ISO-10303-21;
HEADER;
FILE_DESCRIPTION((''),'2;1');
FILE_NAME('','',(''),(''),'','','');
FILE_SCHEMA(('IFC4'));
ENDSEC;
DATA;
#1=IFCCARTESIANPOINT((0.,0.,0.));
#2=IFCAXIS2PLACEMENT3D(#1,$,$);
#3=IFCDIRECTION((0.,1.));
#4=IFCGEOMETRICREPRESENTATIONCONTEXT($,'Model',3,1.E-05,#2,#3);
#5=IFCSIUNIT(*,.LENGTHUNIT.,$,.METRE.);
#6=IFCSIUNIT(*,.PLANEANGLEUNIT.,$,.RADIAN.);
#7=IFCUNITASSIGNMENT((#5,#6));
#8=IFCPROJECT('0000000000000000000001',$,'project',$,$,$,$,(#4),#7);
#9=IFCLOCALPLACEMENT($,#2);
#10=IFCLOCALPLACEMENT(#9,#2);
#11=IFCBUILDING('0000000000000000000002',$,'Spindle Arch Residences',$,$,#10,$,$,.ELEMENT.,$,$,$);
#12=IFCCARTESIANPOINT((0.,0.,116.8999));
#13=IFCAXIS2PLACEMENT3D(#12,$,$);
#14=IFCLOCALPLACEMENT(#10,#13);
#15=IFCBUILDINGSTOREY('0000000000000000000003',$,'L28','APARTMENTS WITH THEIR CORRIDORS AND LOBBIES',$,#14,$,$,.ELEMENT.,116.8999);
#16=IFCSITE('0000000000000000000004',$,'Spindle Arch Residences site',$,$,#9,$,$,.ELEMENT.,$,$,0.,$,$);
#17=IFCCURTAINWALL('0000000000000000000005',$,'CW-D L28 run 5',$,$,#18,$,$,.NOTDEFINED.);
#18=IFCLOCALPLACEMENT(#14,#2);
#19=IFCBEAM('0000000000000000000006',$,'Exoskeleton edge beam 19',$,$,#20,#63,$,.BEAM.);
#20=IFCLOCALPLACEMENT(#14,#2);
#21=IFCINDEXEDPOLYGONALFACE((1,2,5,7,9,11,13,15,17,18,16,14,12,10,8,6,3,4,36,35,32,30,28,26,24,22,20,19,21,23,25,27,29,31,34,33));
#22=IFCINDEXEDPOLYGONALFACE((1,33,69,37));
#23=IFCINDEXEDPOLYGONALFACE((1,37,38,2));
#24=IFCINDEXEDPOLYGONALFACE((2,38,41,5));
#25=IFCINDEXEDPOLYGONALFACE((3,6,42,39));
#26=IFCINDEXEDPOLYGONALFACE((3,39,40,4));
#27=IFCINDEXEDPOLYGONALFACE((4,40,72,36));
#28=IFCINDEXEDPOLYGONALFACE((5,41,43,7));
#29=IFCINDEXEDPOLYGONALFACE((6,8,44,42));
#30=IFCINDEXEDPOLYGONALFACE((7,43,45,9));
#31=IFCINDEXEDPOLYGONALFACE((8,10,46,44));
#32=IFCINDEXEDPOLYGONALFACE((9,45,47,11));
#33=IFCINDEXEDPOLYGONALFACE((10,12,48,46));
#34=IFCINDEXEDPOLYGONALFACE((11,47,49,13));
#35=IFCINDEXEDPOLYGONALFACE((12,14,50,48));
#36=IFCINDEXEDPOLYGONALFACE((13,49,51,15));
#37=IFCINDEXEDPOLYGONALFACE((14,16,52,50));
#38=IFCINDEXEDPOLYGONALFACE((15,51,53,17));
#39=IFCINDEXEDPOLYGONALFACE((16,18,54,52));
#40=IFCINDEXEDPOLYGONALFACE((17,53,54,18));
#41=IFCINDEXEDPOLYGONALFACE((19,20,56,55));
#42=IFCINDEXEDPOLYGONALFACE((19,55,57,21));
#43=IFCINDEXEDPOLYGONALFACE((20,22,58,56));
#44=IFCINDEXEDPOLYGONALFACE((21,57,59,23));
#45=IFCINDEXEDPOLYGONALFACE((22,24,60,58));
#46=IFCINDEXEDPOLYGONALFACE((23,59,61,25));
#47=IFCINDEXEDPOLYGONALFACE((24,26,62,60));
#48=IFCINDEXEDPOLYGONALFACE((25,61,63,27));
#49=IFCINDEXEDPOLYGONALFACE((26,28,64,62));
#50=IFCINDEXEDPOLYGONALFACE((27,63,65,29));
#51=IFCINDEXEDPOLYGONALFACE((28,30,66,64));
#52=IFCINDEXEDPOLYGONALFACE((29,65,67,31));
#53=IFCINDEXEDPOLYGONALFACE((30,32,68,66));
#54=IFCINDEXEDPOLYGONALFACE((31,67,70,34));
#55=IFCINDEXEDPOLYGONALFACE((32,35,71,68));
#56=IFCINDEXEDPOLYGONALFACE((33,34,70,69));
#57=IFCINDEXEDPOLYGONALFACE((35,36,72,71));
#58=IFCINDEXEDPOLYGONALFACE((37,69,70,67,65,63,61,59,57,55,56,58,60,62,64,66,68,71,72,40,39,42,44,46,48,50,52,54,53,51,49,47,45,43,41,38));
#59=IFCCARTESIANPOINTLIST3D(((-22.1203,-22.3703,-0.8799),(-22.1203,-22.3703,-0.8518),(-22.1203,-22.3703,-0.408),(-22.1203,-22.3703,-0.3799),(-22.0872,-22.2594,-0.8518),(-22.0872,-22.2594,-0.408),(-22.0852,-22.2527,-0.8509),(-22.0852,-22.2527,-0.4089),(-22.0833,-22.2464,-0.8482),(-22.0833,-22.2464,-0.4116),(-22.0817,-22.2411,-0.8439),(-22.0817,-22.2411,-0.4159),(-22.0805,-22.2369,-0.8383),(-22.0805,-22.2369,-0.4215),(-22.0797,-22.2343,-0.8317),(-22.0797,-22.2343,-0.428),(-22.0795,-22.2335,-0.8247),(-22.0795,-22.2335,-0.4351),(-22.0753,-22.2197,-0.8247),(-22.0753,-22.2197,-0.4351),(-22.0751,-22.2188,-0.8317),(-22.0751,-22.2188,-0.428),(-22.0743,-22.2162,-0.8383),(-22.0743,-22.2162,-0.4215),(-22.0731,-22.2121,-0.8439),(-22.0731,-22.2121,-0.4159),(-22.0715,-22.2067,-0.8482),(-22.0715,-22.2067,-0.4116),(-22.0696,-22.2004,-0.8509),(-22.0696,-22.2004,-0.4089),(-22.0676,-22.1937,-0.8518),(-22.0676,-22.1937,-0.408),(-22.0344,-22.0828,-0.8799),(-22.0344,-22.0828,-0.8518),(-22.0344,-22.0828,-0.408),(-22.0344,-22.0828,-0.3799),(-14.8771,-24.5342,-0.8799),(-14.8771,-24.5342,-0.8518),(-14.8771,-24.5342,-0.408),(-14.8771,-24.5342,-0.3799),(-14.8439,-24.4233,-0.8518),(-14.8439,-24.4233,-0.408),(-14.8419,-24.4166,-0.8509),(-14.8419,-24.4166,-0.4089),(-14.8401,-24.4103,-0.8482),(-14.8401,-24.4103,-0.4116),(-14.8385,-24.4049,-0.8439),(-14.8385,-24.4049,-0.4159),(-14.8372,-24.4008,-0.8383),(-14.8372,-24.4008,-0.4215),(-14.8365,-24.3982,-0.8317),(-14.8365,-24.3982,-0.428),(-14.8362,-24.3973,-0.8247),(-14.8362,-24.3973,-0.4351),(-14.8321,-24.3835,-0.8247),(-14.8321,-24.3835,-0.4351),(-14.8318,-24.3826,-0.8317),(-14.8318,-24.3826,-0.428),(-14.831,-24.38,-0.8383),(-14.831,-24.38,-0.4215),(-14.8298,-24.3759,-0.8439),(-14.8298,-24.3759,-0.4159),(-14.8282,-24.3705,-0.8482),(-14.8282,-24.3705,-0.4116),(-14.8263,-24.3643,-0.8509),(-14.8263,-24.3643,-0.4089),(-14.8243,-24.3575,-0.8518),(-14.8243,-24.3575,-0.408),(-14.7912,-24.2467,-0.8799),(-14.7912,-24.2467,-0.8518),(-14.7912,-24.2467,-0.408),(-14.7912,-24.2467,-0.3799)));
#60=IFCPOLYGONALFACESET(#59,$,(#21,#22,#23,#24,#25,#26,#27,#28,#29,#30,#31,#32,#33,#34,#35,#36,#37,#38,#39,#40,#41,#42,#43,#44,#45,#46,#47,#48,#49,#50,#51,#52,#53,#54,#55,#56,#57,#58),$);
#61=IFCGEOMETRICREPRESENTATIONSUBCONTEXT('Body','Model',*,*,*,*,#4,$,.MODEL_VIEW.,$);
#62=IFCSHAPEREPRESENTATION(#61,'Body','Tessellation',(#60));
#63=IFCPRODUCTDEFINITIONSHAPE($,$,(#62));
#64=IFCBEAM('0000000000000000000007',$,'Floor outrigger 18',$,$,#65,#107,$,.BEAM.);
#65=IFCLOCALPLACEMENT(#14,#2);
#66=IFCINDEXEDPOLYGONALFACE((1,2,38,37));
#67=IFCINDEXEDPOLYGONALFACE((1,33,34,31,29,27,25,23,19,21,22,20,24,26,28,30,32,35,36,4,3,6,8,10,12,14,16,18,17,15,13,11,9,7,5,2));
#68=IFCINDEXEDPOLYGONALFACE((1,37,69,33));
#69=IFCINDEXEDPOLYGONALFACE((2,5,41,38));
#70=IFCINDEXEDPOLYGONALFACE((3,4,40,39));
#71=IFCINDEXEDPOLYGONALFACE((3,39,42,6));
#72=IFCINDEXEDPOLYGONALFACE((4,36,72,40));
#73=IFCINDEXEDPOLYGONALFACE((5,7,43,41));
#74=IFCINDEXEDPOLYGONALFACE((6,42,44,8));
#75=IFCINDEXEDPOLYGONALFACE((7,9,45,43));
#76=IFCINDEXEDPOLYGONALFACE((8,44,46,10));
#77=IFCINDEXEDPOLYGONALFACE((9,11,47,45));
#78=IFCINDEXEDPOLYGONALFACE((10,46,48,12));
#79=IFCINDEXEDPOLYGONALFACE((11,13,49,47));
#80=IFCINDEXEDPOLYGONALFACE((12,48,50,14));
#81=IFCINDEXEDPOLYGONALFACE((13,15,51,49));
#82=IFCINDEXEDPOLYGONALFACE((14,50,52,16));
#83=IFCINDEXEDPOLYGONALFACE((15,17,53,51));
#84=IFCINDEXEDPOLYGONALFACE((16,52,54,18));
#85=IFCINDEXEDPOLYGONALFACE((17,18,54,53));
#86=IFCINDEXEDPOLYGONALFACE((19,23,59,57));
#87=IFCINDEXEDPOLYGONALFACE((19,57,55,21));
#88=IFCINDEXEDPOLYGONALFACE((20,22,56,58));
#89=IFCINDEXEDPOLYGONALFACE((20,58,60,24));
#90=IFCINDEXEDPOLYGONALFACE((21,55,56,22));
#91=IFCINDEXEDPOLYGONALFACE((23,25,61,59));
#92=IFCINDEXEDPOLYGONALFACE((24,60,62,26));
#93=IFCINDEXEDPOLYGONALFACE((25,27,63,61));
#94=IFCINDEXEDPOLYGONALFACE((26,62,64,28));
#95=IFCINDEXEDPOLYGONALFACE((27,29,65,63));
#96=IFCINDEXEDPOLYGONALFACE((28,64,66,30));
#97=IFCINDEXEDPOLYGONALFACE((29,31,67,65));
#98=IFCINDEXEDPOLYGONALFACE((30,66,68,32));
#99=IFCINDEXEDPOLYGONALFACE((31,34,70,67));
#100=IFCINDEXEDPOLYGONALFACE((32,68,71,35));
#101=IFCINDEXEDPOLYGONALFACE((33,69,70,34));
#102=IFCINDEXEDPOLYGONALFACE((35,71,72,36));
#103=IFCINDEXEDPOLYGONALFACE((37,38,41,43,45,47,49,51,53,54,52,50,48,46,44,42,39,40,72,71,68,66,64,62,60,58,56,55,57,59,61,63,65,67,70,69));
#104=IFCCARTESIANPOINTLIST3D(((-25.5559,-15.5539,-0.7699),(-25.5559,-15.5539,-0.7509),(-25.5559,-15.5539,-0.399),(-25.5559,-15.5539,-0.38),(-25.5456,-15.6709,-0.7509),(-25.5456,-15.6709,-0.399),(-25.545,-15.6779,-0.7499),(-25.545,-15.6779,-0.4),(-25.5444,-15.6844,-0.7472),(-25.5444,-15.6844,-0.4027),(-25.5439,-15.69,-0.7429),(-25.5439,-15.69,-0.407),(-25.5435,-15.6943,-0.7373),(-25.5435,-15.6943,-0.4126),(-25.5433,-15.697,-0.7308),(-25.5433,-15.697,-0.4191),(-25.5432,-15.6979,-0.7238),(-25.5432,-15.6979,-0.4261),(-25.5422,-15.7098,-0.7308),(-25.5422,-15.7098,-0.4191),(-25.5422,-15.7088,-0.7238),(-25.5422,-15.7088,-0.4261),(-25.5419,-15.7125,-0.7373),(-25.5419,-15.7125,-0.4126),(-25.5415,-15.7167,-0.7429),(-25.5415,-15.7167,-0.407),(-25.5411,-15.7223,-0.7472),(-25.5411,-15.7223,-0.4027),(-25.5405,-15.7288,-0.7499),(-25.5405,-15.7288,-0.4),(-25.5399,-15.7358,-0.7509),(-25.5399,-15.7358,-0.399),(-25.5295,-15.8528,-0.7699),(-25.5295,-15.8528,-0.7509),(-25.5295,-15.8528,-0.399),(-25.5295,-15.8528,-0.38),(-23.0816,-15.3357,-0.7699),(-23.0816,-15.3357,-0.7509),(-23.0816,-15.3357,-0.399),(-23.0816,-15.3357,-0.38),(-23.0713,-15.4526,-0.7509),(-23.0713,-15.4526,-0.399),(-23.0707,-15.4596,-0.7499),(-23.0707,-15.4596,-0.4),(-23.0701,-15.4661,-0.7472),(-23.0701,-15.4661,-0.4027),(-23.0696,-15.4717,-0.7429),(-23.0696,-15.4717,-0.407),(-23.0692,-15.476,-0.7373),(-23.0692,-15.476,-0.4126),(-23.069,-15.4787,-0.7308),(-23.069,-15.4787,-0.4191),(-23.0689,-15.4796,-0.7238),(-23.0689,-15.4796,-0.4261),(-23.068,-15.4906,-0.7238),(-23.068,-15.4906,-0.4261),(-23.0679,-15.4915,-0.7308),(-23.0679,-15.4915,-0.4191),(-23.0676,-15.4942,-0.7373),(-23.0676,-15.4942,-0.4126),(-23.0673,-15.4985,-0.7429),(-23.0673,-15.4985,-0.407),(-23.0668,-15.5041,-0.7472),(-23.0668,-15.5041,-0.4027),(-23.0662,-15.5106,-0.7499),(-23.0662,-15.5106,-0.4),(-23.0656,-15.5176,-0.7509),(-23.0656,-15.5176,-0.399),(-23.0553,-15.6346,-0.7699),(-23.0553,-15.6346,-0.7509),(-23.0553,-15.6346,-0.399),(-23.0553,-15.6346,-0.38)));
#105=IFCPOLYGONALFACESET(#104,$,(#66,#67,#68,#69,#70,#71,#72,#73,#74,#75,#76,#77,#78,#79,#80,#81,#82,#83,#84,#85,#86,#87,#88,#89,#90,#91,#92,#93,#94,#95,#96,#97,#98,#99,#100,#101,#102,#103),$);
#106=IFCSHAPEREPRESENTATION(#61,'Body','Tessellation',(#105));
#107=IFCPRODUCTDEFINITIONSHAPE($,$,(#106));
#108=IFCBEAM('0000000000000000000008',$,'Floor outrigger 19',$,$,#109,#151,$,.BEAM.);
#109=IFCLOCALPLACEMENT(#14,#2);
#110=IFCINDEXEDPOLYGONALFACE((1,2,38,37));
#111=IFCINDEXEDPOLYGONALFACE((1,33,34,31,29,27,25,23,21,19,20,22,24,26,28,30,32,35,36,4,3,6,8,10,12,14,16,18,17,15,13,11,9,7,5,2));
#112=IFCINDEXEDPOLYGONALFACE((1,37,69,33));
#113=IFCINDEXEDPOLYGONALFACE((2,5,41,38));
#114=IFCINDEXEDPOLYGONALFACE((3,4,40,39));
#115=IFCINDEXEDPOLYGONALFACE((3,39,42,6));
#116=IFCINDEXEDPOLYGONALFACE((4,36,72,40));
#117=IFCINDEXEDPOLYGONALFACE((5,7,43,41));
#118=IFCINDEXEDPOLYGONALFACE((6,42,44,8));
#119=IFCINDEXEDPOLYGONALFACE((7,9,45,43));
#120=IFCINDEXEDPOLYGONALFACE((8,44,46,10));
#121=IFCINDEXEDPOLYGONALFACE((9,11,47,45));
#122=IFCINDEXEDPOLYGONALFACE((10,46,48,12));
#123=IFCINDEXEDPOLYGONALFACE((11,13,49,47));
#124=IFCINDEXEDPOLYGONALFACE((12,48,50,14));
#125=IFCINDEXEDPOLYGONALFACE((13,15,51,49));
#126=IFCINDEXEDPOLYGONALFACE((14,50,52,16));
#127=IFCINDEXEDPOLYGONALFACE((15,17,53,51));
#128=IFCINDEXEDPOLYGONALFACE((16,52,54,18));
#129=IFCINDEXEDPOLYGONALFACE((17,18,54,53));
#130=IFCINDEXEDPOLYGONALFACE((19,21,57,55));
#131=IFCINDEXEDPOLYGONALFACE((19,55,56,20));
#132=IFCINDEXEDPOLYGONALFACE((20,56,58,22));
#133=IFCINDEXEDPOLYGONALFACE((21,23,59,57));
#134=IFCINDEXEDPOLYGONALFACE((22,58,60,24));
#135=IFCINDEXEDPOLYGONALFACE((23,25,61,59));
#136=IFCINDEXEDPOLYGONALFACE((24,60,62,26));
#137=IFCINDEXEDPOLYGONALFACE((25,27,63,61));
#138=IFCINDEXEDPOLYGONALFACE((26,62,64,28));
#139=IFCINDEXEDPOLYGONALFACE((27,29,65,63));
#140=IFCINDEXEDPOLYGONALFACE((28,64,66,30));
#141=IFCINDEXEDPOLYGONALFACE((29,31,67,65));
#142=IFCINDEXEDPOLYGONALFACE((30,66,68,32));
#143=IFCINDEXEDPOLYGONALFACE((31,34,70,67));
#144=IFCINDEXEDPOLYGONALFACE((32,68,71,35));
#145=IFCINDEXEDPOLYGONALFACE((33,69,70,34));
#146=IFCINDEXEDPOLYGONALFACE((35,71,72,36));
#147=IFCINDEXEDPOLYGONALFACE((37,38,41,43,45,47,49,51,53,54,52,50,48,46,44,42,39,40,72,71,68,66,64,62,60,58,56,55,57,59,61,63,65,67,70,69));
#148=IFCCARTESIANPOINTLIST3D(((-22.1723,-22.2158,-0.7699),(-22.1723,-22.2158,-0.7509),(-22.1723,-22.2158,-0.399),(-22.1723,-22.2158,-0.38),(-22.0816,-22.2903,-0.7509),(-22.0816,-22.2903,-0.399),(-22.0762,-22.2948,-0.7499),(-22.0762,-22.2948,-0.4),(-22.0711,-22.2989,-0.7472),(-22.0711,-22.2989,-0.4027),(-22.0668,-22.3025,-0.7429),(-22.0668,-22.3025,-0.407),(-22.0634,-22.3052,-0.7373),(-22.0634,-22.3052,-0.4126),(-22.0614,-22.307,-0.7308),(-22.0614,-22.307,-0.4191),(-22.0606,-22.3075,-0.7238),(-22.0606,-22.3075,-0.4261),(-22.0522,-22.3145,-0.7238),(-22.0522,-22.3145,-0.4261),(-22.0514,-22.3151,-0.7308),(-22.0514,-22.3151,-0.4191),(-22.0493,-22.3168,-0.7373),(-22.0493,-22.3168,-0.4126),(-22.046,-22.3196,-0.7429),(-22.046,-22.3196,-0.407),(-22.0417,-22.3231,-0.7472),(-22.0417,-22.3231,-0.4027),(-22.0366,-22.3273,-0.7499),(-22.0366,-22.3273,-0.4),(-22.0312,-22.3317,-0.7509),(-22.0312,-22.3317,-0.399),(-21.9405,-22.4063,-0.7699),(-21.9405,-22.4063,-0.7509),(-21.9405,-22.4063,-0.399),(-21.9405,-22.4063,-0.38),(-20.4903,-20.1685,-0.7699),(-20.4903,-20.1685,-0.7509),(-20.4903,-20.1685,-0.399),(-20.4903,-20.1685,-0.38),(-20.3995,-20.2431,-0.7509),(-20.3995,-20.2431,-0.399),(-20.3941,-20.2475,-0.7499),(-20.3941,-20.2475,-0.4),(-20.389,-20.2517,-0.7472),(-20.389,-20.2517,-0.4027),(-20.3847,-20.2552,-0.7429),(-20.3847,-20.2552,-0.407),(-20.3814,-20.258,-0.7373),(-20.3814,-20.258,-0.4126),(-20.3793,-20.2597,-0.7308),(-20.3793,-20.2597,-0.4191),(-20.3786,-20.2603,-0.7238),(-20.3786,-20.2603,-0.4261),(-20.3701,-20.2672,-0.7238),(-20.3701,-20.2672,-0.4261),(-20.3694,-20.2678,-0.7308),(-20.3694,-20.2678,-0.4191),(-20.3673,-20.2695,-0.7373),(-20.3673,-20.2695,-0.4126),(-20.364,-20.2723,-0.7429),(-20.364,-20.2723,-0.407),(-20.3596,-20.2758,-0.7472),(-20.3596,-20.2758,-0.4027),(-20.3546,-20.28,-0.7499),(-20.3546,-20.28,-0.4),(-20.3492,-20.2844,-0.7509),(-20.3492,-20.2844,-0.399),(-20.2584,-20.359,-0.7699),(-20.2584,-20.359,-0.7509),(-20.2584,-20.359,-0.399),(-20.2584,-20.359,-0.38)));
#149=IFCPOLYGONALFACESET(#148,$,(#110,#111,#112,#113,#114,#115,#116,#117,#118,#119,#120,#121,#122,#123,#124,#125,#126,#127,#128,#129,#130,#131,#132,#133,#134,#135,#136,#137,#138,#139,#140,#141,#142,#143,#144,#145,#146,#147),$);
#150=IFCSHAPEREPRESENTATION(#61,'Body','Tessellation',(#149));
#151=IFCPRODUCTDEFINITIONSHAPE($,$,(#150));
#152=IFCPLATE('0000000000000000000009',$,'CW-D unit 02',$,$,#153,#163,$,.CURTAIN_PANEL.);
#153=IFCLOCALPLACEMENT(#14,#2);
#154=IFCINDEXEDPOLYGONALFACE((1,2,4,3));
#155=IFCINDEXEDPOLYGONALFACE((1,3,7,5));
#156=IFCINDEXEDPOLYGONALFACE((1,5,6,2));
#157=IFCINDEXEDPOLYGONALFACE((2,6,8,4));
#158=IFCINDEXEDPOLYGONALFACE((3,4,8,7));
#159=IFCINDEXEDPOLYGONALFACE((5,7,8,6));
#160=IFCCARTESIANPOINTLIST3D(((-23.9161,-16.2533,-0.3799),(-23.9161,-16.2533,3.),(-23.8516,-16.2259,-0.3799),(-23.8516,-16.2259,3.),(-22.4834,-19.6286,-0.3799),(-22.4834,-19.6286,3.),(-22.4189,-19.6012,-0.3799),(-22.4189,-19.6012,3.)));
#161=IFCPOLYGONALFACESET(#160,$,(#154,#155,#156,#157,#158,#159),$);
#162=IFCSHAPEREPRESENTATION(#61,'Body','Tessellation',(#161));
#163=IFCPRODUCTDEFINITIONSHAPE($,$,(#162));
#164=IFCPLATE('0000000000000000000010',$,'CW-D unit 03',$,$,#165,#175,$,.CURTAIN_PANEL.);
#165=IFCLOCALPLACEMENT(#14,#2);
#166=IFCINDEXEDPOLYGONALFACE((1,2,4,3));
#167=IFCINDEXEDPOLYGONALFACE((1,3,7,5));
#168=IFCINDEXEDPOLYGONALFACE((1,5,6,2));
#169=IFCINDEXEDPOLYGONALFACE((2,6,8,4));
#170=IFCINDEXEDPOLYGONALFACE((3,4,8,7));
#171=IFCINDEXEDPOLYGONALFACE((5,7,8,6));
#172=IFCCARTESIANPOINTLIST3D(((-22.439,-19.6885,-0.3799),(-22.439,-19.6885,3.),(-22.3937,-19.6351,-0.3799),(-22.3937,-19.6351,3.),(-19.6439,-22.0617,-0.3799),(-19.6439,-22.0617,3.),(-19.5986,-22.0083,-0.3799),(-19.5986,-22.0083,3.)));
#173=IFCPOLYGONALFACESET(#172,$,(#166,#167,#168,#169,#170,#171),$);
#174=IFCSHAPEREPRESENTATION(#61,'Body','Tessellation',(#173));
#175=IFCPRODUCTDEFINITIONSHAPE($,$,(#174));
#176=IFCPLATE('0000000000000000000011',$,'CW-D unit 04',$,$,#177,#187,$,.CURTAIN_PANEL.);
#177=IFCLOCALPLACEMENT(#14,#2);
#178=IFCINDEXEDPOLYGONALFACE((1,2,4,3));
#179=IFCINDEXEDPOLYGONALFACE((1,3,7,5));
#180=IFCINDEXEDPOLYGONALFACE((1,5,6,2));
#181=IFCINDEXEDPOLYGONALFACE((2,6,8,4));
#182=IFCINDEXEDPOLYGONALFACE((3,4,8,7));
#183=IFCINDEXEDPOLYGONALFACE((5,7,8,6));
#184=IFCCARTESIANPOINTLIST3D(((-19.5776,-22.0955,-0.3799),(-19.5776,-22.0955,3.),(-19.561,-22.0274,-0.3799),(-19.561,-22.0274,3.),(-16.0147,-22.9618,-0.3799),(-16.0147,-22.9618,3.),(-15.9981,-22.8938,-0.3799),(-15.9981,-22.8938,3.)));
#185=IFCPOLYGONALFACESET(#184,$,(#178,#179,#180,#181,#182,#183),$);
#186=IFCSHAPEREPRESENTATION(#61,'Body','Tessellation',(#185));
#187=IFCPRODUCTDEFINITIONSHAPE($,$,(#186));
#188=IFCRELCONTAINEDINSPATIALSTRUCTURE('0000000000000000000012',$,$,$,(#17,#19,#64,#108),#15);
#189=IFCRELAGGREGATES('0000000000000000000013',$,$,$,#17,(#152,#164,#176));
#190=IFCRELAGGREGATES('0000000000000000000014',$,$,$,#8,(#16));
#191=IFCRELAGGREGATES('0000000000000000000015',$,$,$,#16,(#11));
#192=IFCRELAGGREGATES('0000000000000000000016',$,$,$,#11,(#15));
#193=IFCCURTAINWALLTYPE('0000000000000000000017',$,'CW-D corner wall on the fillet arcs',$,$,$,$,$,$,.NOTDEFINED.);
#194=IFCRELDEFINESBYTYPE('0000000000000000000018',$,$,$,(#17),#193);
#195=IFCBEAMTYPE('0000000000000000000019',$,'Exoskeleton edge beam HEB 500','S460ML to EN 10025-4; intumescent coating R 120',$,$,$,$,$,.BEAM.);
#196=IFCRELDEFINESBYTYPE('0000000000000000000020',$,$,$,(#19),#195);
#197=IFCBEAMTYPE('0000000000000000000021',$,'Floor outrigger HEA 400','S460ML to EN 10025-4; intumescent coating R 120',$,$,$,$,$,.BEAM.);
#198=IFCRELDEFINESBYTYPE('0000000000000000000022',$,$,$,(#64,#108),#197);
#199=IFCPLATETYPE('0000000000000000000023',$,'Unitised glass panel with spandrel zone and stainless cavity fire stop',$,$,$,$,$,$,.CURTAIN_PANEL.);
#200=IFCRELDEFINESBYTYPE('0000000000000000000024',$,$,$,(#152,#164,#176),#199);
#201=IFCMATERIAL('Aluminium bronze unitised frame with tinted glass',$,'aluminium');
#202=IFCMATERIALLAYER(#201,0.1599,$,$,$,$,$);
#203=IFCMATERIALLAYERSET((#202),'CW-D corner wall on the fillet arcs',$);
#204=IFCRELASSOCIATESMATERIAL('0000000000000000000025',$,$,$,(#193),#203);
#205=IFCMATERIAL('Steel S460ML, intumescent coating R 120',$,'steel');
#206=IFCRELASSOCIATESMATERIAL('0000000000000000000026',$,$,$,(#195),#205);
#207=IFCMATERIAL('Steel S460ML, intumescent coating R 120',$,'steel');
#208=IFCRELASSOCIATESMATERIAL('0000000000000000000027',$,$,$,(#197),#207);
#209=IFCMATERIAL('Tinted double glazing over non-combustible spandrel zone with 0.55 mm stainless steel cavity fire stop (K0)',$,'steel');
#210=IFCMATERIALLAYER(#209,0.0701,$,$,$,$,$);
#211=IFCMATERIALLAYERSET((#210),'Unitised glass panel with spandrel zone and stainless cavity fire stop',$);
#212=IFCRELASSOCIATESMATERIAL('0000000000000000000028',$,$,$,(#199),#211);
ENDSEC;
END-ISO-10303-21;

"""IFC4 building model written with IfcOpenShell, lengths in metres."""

from ifc_helpers import new_model, si_unit, direction, frame, origin, origin_2d, place, context, subcontext, project, spatial, rectangle, i_section, extrude, material, layer, layer_set, material_profile, profile_set, type_object, element, aggregate, save


model = new_model("IFC4")

# Units and contexts
model_context = context("Model", 3, precision=1e-05, world=origin(), true_north=direction((0.0, 1.0)))
body_context = subcontext(model_context, "Body", "Model", "MODEL_VIEW")
ifc_project = project(units=[si_unit("LENGTHUNIT", "METRE"), si_unit("PLANEANGLEUNIT", "RADIAN")], contexts=[model_context])

# Site, building, storey
site_placement = place(None, origin())
site = spatial("IfcSite", under=ifc_project, at=site_placement, Name="Spindle Arch Residences site", CompositionType="ELEMENT", RefElevation=0.0)
building_placement = place(site_placement, origin())
building = spatial("IfcBuilding", under=site, at=building_placement, Name="Spindle Arch Residences", CompositionType="ELEMENT")
storey_placement = place(building_placement, frame((0.0, 0.0, 116.8999)))
storey = spatial("IfcBuildingStorey", under=building, at=storey_placement, Name="L28", Description="APARTMENTS WITH THEIR CORRIDORS AND LOBBIES", CompositionType="ELEMENT", Elevation=116.8999)

# Curtain wall
ifc_material_1 = material(Name="Aluminium bronze unitised frame with tinted glass", Category="aluminium")
ifc_layer_1 = layer(ifc_material_1, 0.1599)
ifc_layer_set_1 = layer_set([ifc_layer_1], Name="CW-D corner wall on the fillet arcs")
curtain_wall_type = type_object("IfcCurtainWallType", Name="CW-D corner wall on the fillet arcs", PredefinedType="NOTDEFINED", material=ifc_layer_set_1)
curtain_wall_placement = place(storey_placement, origin())
curtain_wall = element("IfcCurtainWall", 1, at=curtain_wall_placement, inside=storey, type_object=curtain_wall_type, Name="CW-D L28 run 5", PredefinedType="NOTDEFINED")

# Beams
ifc_material_2 = material(Name="Steel S460ML, intumescent coating R 120", Category="steel")
ifc_material_profile_1 = material_profile(ifc_material_2, i_section(OverallWidth=0.3, OverallDepth=0.5, WebThickness=0.0144, FlangeThickness=0.0281, FilletRadius=0.0271, at=origin_2d()), Name="HEB 500")
ifc_profile_set_1 = profile_set([ifc_material_profile_1], Name="Steel S460ML, intumescent coating R 120")
beam_type_1 = type_object("IfcBeamType", Name="Exoskeleton edge beam HEB 500", Description="S460ML to EN 10025-4; intumescent coating R 120", PredefinedType="BEAM", material=ifc_profile_set_1)
beam_1_placement = place(storey_placement, frame((-22.0774, -22.2266, -0.6299), z_axis=(0.958158, -0.28624, 0.0), x_axis=(0.28624, 0.958158, 0.0)))
element("IfcBeam", 2, at=beam_1_placement, inside=storey, type_object=beam_type_1, Name="Exoskeleton edge beam 19", PredefinedType="BEAM", context=body_context, shape_type="SweptSolid", body=[
    extrude(i_section(OverallWidth=0.3, OverallDepth=0.5, WebThickness=0.0144, FlangeThickness=0.0281, FilletRadius=0.0271, at=origin_2d()), origin(), (0.0, 0.0, 1.0), 7.5596),
])
ifc_material_3 = material(Name="Steel S460ML, intumescent coating R 120", Category="steel")
ifc_material_profile_2 = material_profile(ifc_material_3, i_section(OverallWidth=0.3, OverallDepth=0.3899, WebThickness=0.011, FlangeThickness=0.019, FilletRadius=0.0271, at=origin_2d()), Name="HEA 400")
ifc_profile_set_2 = profile_set([ifc_material_profile_2], Name="Steel S460ML, intumescent coating R 120")
beam_type_2 = type_object("IfcBeamType", Name="Floor outrigger HEA 400", Description="S460ML to EN 10025-4; intumescent coating R 120", PredefinedType="BEAM", material=ifc_profile_set_2)
beam_2_placement = place(storey_placement, frame((-25.5427, -15.7034, -0.575), z_axis=(0.996132, 0.087868, 0.0), x_axis=(-0.087868, 0.996132, 0.0)))
element("IfcBeam", 3, at=beam_2_placement, inside=storey, type_object=beam_type_2, Name="Floor outrigger 18", PredefinedType="BEAM", context=body_context, shape_type="SweptSolid", body=[
    extrude(i_section(OverallWidth=0.3, OverallDepth=0.3899, WebThickness=0.011, FlangeThickness=0.019, FilletRadius=0.0271, at=origin_2d()), origin(), (0.0, 0.0, 1.0), 2.4839),
])
beam_3_placement = place(storey_placement, frame((-22.0564, -22.311, -0.575), z_axis=(0.634822, 0.772658, 0.0), x_axis=(-0.772658, 0.634822, 0.0)))
element("IfcBeam", 4, at=beam_3_placement, inside=storey, type_object=beam_type_2, Name="Floor outrigger 19", PredefinedType="BEAM", context=body_context, shape_type="SweptSolid", body=[
    extrude(i_section(OverallWidth=0.3, OverallDepth=0.3899, WebThickness=0.011, FlangeThickness=0.019, FilletRadius=0.0271, at=origin_2d()), origin(), (0.0, 0.0, 1.0), 2.6497),
])

# Plates
ifc_material_4 = material(Name="Tinted double glazing over non-combustible spandrel zone with 0.55 mm stainless steel cavity fire stop (K0)", Category="steel")
ifc_layer_2 = layer(ifc_material_4, 0.0701)
ifc_layer_set_2 = layer_set([ifc_layer_2], Name="Unitised glass panel with spandrel zone and stainless cavity fire stop")
plate_type = type_object("IfcPlateType", Name="Unitised glass panel with spandrel zone and stainless cavity fire stop", PredefinedType="CURTAIN_PANEL", material=ifc_layer_set_2)
plate_1_placement = place(storey_placement, frame((-23.1675, -17.9272, -0.3799), z_axis=(0.0, 0.0, 1.0), x_axis=(0.390731, -0.920505, 0.0)))
plate_1 = element("IfcPlate", 5, at=plate_1_placement, type_object=plate_type, Name="CW-D unit 02", PredefinedType="CURTAIN_PANEL", context=body_context, shape_type="SweptSolid", body=[
    extrude(rectangle(XDim=3.6667, YDim=0.0701, at=origin_2d()), origin(), (0.0, 0.0, 1.0), 3.3799),
])
plate_2_placement = place(storey_placement, frame((-21.0188, -20.8484, -0.3799), z_axis=(0.0, 0.0, 1.0), x_axis=(0.762292, -0.647233, 0.0)))
plate_2 = element("IfcPlate", 6, at=plate_2_placement, type_object=plate_type, Name="CW-D unit 03", PredefinedType="CURTAIN_PANEL", context=body_context, shape_type="SweptSolid", body=[
    extrude(rectangle(XDim=3.6667, YDim=0.0701, at=origin_2d()), origin(), (0.0, 0.0, 1.0), 3.3799),
])
plate_3_placement = place(storey_placement, frame((-17.7878, -22.4946, -0.3799), z_axis=(0.0, 0.0, 1.0), x_axis=(0.971687, -0.236273, 0.0)))
plate_3 = element("IfcPlate", 7, at=plate_3_placement, type_object=plate_type, Name="CW-D unit 04", PredefinedType="CURTAIN_PANEL", context=body_context, shape_type="SweptSolid", body=[
    extrude(rectangle(XDim=3.6667, YDim=0.0701, at=origin_2d()), origin(), (0.0, 0.0, 1.0), 3.3799),
])
aggregate(curtain_wall, [plate_1, plate_2, plate_3])

save(model, "model.ifc")
